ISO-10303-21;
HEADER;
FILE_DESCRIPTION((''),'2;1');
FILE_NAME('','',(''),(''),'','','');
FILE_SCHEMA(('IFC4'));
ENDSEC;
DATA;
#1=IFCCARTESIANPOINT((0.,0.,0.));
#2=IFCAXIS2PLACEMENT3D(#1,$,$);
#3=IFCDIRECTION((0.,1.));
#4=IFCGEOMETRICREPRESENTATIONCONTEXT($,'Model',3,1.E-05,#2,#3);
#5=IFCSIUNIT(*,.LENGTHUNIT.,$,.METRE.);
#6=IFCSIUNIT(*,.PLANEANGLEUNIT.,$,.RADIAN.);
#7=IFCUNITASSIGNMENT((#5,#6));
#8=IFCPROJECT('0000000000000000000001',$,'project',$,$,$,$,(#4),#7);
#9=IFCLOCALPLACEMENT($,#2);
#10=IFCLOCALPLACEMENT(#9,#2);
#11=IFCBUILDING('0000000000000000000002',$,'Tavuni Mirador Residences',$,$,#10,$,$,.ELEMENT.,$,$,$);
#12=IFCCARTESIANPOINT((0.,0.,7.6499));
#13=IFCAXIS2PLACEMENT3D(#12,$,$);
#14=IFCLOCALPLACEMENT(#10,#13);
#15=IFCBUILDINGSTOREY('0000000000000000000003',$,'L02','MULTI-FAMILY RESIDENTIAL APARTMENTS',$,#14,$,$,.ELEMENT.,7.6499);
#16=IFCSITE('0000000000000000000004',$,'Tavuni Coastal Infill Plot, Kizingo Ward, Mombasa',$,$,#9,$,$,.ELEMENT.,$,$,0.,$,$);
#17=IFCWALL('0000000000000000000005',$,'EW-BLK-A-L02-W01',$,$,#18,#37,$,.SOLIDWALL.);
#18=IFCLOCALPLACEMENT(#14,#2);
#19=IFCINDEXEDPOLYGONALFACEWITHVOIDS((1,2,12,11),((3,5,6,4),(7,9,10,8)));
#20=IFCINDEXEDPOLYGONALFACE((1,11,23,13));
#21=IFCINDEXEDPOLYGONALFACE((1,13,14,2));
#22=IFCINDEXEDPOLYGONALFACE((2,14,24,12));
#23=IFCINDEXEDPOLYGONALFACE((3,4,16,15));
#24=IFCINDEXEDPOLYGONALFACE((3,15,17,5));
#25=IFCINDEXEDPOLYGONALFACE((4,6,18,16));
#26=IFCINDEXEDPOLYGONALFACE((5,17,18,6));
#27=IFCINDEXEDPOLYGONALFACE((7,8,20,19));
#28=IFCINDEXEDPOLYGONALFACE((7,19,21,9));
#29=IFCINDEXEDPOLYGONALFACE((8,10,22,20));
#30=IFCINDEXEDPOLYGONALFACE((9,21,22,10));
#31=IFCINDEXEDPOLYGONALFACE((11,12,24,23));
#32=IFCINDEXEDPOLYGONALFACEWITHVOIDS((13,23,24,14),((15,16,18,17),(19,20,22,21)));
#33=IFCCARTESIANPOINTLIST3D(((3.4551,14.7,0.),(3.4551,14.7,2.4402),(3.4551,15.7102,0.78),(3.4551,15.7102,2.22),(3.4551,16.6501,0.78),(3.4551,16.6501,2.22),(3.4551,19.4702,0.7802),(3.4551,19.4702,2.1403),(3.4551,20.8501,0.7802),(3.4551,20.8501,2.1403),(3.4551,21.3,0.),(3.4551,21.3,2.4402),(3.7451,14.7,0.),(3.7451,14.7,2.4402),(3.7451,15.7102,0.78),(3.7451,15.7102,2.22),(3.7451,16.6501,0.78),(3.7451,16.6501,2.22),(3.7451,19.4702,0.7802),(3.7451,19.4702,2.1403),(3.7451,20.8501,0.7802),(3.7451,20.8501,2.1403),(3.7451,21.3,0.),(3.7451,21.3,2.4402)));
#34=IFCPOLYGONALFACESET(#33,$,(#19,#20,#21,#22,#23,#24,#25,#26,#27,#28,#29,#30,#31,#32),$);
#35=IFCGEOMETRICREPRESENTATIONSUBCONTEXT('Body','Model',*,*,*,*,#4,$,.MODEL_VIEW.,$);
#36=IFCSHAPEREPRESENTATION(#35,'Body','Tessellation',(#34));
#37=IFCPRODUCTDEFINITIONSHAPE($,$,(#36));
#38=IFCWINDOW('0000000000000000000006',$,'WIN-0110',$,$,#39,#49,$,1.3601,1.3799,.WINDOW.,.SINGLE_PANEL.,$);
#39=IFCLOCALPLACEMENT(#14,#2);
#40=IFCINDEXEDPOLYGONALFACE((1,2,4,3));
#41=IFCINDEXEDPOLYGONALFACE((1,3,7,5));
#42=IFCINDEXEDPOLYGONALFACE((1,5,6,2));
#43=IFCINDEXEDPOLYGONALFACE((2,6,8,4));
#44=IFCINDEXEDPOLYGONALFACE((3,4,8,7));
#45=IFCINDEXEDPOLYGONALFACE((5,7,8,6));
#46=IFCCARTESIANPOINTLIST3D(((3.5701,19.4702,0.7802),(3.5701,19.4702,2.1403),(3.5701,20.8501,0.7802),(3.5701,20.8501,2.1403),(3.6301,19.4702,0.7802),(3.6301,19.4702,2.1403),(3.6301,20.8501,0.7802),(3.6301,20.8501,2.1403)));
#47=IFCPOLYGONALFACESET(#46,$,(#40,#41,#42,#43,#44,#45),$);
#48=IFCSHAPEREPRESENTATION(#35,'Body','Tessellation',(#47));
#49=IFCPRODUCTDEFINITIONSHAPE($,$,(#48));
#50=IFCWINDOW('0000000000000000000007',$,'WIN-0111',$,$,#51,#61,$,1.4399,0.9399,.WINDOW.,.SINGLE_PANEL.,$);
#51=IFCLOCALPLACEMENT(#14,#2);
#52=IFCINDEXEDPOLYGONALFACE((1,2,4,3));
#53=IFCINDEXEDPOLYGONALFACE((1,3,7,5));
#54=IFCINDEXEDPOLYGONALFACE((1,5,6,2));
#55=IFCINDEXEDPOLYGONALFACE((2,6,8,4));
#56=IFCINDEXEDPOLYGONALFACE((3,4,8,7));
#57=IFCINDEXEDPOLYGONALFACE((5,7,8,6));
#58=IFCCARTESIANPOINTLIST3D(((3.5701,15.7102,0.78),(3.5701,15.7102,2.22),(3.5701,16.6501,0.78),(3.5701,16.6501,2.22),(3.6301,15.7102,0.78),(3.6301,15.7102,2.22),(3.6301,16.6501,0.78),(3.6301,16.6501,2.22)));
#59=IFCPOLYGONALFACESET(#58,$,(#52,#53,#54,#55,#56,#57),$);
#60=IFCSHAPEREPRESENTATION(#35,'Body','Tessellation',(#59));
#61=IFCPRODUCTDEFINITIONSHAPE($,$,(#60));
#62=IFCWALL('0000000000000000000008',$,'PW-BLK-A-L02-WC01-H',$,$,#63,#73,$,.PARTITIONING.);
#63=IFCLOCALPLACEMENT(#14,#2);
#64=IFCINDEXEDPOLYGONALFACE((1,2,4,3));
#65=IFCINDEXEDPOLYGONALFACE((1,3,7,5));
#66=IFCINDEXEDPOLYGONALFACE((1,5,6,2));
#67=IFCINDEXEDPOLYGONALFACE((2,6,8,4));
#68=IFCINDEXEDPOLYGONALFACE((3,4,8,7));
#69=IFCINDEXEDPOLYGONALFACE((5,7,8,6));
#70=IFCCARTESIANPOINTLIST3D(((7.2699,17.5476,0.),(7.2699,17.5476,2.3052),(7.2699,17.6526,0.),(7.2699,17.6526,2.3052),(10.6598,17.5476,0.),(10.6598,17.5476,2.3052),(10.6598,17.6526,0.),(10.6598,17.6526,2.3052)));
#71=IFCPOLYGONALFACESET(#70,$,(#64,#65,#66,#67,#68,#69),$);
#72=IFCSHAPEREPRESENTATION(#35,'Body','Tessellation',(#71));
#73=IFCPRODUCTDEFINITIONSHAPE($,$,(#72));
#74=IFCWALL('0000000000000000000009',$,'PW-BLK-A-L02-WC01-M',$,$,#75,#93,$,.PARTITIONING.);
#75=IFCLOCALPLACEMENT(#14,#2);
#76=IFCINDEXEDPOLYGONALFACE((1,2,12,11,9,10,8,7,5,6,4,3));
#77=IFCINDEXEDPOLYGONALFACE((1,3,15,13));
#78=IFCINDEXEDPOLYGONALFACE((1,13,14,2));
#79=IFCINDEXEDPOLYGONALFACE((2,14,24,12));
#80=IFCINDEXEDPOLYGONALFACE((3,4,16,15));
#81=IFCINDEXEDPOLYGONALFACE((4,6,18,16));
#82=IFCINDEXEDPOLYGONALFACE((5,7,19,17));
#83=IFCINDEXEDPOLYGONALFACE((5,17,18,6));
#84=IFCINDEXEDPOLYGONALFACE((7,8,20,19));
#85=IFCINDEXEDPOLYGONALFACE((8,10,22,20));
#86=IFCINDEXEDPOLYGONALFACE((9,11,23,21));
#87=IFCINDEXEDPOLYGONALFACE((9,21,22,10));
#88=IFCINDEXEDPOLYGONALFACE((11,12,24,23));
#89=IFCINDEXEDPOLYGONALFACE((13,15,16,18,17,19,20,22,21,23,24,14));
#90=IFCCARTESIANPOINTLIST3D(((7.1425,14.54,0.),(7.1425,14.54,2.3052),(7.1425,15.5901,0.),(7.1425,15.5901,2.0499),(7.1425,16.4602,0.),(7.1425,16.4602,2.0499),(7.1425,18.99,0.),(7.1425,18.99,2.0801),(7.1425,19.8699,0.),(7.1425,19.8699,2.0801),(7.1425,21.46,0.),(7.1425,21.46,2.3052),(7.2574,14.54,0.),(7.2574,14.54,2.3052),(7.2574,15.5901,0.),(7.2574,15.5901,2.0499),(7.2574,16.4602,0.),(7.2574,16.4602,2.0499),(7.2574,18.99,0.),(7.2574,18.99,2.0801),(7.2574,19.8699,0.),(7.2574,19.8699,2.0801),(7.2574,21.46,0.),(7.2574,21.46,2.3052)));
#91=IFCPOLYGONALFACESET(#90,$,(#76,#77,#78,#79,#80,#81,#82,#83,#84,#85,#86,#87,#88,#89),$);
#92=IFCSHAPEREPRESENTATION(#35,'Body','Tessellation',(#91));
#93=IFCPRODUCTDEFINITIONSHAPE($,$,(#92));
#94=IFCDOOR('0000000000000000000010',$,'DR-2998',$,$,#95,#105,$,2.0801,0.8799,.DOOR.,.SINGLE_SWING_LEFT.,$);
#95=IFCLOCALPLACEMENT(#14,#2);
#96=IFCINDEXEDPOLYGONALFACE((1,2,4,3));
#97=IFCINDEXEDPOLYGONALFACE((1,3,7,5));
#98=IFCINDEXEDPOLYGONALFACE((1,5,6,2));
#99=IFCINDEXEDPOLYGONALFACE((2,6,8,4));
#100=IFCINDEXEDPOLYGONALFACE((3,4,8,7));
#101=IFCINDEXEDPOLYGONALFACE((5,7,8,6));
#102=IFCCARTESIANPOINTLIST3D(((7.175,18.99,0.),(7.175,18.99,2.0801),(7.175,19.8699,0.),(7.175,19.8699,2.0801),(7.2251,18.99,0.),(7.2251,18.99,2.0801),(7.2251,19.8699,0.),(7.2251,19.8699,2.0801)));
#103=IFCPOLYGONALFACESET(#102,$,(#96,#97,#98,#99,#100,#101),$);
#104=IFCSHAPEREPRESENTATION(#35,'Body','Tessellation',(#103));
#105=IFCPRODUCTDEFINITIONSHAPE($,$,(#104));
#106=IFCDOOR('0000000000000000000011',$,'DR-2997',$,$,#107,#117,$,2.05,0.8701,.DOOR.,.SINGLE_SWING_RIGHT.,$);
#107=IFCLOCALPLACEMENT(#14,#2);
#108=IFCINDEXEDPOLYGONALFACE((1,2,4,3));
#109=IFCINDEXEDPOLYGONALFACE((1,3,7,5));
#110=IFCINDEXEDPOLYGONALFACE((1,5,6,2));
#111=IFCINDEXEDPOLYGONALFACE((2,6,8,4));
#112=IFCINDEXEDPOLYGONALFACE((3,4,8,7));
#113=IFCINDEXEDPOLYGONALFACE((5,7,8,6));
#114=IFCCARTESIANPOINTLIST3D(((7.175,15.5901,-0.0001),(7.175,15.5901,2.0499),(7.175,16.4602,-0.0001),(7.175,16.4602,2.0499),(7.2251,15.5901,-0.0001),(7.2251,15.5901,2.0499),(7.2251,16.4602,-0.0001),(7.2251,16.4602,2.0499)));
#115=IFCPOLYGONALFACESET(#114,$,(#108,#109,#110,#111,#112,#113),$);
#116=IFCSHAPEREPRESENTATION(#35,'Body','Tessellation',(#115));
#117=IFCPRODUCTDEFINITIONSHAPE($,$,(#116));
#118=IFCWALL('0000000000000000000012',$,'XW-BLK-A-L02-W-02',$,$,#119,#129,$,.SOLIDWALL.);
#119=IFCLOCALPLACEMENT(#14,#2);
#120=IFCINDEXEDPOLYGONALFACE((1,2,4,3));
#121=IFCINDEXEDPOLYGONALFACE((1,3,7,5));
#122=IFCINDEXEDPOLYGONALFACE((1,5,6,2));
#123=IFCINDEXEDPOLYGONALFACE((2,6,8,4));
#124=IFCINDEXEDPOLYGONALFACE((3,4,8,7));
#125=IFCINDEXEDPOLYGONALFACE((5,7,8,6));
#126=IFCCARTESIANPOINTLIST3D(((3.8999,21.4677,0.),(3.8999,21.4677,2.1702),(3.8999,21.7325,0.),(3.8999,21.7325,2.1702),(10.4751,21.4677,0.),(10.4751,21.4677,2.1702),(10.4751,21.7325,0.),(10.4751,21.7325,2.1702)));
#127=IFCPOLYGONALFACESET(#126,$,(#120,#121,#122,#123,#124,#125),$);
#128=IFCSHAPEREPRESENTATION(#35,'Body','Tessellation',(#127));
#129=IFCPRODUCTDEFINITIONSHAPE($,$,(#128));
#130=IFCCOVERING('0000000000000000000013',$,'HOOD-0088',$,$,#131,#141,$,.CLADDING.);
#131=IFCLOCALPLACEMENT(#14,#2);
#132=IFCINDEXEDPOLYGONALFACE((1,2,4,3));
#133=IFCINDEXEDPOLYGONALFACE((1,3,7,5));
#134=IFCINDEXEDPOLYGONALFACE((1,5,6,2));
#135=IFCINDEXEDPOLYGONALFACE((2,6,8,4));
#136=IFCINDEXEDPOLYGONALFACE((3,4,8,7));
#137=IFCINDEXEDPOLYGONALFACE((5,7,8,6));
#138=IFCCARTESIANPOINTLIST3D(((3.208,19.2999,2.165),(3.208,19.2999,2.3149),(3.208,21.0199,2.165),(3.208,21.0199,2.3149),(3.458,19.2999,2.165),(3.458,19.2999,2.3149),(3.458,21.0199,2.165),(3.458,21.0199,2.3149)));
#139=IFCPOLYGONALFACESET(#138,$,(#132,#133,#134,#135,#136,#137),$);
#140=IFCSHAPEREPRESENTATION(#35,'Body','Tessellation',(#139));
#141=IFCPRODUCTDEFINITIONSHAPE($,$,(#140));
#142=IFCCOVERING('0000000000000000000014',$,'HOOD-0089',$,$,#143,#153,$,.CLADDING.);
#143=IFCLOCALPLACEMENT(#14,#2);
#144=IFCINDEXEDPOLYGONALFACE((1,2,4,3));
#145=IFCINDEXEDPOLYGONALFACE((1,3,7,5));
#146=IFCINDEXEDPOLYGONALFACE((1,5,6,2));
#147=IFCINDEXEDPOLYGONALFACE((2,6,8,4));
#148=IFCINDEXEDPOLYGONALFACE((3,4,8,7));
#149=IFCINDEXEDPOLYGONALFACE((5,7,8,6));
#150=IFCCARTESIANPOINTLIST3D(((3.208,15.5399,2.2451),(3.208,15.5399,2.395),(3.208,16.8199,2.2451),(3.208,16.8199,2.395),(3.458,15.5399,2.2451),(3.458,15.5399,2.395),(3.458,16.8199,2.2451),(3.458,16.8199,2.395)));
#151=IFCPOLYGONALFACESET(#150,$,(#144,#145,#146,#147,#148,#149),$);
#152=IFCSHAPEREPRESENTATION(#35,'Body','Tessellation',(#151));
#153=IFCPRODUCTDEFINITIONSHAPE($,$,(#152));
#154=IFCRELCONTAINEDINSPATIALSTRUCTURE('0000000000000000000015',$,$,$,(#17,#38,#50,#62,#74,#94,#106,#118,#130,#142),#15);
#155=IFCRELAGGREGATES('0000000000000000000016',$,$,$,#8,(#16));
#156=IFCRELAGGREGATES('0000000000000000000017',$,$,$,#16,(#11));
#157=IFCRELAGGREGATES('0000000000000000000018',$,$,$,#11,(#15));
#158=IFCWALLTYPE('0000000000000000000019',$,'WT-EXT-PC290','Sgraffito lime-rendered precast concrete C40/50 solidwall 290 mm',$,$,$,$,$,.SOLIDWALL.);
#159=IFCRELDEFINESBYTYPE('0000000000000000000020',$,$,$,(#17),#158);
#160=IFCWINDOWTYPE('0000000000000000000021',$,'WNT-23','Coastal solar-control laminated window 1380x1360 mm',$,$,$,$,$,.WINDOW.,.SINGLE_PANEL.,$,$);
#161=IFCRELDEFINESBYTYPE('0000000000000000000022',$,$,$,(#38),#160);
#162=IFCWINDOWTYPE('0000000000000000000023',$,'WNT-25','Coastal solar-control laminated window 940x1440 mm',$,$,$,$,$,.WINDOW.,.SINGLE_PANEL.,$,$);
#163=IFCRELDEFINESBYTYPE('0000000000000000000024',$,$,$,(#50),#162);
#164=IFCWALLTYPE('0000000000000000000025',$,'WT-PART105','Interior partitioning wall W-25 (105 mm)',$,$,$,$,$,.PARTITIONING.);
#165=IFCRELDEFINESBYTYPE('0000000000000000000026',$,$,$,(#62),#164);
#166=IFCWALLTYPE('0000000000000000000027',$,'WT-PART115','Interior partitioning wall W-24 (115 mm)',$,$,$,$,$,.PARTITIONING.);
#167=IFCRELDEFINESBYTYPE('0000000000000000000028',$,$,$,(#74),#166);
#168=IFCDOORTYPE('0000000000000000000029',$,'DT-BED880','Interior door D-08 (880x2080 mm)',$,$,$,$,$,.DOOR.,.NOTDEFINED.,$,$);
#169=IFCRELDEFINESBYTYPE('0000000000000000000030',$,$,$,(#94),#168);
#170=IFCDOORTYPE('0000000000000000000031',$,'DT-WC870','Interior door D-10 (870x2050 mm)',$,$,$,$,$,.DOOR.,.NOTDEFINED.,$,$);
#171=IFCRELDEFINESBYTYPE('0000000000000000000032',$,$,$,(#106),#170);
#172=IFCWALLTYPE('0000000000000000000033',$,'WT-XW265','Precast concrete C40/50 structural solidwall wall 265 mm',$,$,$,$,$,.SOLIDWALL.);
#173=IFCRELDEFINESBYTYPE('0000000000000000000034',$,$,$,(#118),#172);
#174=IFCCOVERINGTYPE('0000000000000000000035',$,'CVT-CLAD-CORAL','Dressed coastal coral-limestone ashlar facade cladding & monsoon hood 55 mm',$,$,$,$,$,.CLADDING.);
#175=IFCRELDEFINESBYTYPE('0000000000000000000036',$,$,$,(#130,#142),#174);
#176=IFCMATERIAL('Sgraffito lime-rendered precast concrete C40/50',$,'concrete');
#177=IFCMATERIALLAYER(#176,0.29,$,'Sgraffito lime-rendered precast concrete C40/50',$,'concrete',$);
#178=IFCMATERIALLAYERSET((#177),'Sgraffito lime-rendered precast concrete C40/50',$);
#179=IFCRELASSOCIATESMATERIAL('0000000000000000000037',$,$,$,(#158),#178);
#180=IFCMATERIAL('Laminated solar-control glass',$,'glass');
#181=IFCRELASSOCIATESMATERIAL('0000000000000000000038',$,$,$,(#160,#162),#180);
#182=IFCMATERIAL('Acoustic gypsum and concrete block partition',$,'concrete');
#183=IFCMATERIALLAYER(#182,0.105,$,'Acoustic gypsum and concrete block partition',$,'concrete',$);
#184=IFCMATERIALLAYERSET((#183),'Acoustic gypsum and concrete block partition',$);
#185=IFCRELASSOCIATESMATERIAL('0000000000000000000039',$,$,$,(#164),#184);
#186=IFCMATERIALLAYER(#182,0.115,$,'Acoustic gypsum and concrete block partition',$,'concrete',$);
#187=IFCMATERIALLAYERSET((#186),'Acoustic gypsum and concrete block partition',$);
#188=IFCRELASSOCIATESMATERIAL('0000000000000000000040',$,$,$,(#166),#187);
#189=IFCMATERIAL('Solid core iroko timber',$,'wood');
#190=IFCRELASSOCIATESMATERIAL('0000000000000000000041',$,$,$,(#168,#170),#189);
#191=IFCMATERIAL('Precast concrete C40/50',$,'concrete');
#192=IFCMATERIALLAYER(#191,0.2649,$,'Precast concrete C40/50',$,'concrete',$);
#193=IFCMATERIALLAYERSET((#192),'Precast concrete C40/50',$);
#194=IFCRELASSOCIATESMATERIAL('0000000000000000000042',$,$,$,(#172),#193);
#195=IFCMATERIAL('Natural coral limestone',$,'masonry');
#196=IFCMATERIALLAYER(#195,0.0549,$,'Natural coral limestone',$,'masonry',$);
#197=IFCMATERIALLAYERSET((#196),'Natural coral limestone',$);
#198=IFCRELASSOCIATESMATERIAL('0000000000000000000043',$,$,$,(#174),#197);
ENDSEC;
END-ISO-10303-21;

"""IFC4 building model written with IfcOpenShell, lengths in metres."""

from ifc_helpers import new_model, si_unit, direction, frame, frame_2d, origin, origin_2d, place, context, subcontext, project, spatial, rectangle, extrude, material, layer, layer_set, type_object, element, fill, save


model = new_model("IFC4")

# Units and contexts
model_context = context("Model", 3, precision=1e-05, world=origin(), true_north=direction((0.0, 1.0)))
body_context = subcontext(model_context, "Body", "Model", "MODEL_VIEW")
ifc_project = project(units=[si_unit("LENGTHUNIT", "METRE"), si_unit("PLANEANGLEUNIT", "RADIAN")], contexts=[model_context])

# Site, building, storey
site_placement = place(None, origin())
site = spatial("IfcSite", under=ifc_project, at=site_placement, Name="Tavuni Coastal Infill Plot, Kizingo Ward, Mombasa", CompositionType="ELEMENT", RefElevation=0.0)
building_placement = place(site_placement, origin())
building = spatial("IfcBuilding", under=site, at=building_placement, Name="Tavuni Mirador Residences", CompositionType="ELEMENT")
storey_placement = place(building_placement, frame((0.0, 0.0, 7.6499)))
storey = spatial("IfcBuildingStorey", under=building, at=storey_placement, Name="L02", Description="MULTI-FAMILY RESIDENTIAL APARTMENTS", CompositionType="ELEMENT", Elevation=7.6499)

# Shared definitions
ifc_material_1 = material(Name="Precast concrete C40/50", Category="concrete")

# Wall, openings, windows
ifc_material_2 = material(Name="Sgraffito lime-rendered precast concrete C40/50", Category="concrete")
ifc_layer_1 = layer(ifc_material_2, 0.29, Name="Sgraffito lime-rendered precast concrete C40/50", Category="concrete")
ifc_layer_set_1 = layer_set([ifc_layer_1], Name="Sgraffito lime-rendered precast concrete C40/50")
wall_type_1 = type_object("IfcWallType", Name="WT-EXT-PC290", Description="Sgraffito lime-rendered precast concrete C40/50 solidwall 290 mm", PredefinedType="SOLIDWALL", material=ifc_layer_set_1)
wall_1_placement = place(storey_placement, frame((3.6001, 21.3, 0.0), z_axis=(0.0, 0.0, 1.0), x_axis=(0.0, -1.0, 0.0)))
wall_1 = element("IfcWall", 1, at=wall_1_placement, inside=storey, type_object=wall_type_1, Name="EW-BLK-A-L02-W01", PredefinedType="SOLIDWALL", context=body_context, shape_type="SweptSolid", body=[
    extrude(rectangle(XDim=6.6001, YDim=0.29, at=frame_2d((3.3, 0.0))), origin(), (0.0, 0.0, 1.0), 2.4402),
])
opening_1_placement = place(wall_1_placement, frame((0.45, 0.0, 0.78)))
opening_1 = element("IfcOpeningElement", 2, at=opening_1_placement, cuts=wall_1, PredefinedType="OPENING", context=body_context, shape_type="SweptSolid", body=[
    extrude(rectangle(XDim=1.3799, YDim=1.3601, at=frame_2d((0.6899, 0.6802))), frame((0.0, 0.155, 0.0), z_axis=(0.0, -1.0, 0.0), x_axis=(1.0, 0.0, 0.0)), (0.0, 0.0, 1.0), 0.3101),
])
opening_2_placement = place(wall_1_placement, frame((4.6499, 0.0, 0.78)))
opening_2 = element("IfcOpeningElement", 3, at=opening_2_placement, cuts=wall_1, PredefinedType="OPENING", context=body_context, shape_type="SweptSolid", body=[
    extrude(rectangle(XDim=0.9399, YDim=1.4399, at=frame_2d((0.47, 0.72))), frame((0.0, 0.155, 0.0), z_axis=(0.0, -1.0, 0.0), x_axis=(1.0, 0.0, 0.0)), (0.0, 0.0, 1.0), 0.3101),
])
ifc_material_3 = material(Name="Laminated solar-control glass", Category="glass")
window_type_1 = type_object("IfcWindowType", Name="WNT-23", Description="Coastal solar-control laminated window 1380x1360 mm", PartitioningType="SINGLE_PANEL", PredefinedType="WINDOW", material=ifc_material_3)
window_1_placement = place(opening_1_placement, origin())
window_1 = element("IfcWindow", 4, at=window_1_placement, inside=storey, type_object=window_type_1, Name="WIN-0110", OverallHeight=1.3601, OverallWidth=1.3799, PartitioningType="SINGLE_PANEL", PredefinedType="WINDOW", context=body_context, shape_type="SweptSolid", body=[
    extrude(rectangle(XDim=1.3799, YDim=1.3601, at=frame_2d((0.6899, 0.6802))), frame((0.0, 0.03, 0.0), z_axis=(0.0, -1.0, 0.0), x_axis=(1.0, 0.0, 0.0)), (0.0, 0.0, 1.0), 0.0601),
])
fill(opening_1, window_1)
window_type_2 = type_object("IfcWindowType", Name="WNT-25", Description="Coastal solar-control laminated window 940x1440 mm", PartitioningType="SINGLE_PANEL", PredefinedType="WINDOW", material=ifc_material_3)
window_2_placement = place(opening_2_placement, origin())
window_2 = element("IfcWindow", 5, at=window_2_placement, inside=storey, type_object=window_type_2, Name="WIN-0111", OverallHeight=1.4399, OverallWidth=0.9399, PartitioningType="SINGLE_PANEL", PredefinedType="WINDOW", context=body_context, shape_type="SweptSolid", body=[
    extrude(rectangle(XDim=0.9399, YDim=1.4399, at=frame_2d((0.47, 0.72))), frame((0.0, 0.03, 0.0), z_axis=(0.0, -1.0, 0.0), x_axis=(1.0, 0.0, 0.0)), (0.0, 0.0, 1.0), 0.0601),
])
fill(opening_2, window_2)

# Wall
ifc_material_4 = material(Name="Acoustic gypsum and concrete block partition", Category="concrete")
ifc_layer_2 = layer(ifc_material_4, 0.105, Name="Acoustic gypsum and concrete block partition", Category="concrete")
ifc_layer_set_2 = layer_set([ifc_layer_2], Name="Acoustic gypsum and concrete block partition")
wall_type_2 = type_object("IfcWallType", Name="WT-PART105", Description="Interior partitioning wall W-25 (105 mm)", PredefinedType="PARTITIONING", material=ifc_layer_set_2)
wall_2_placement = place(storey_placement, frame((7.27, 17.6001, 0.0), z_axis=(0.0, 0.0, 1.0), x_axis=(1.0, 0.0, 0.0)))
element("IfcWall", 6, at=wall_2_placement, inside=storey, type_object=wall_type_2, Name="PW-BLK-A-L02-WC01-H", PredefinedType="PARTITIONING", context=body_context, shape_type="SweptSolid", body=[
    extrude(rectangle(XDim=3.3899, YDim=0.105, at=frame_2d((1.6948, 0.0))), origin(), (0.0, 0.0, 1.0), 2.3052),
])

# Wall, openings, doors
ifc_layer_3 = layer(ifc_material_4, 0.115, Name="Acoustic gypsum and concrete block partition", Category="concrete")
ifc_layer_set_3 = layer_set([ifc_layer_3], Name="Acoustic gypsum and concrete block partition")
wall_type_3 = type_object("IfcWallType", Name="WT-PART115", Description="Interior partitioning wall W-24 (115 mm)", PredefinedType="PARTITIONING", material=ifc_layer_set_3)
wall_3_placement = place(storey_placement, frame((7.2, 14.54, 0.0), z_axis=(0.0, 0.0, 1.0), x_axis=(0.0, 1.0, 0.0)))
wall_3 = element("IfcWall", 7, at=wall_3_placement, inside=storey, type_object=wall_type_3, Name="PW-BLK-A-L02-WC01-M", PredefinedType="PARTITIONING", context=body_context, shape_type="SweptSolid", body=[
    extrude(rectangle(XDim=6.9199, YDim=0.115, at=frame_2d((3.46, 0.0))), origin(), (0.0, 0.0, 1.0), 2.3052),
])
opening_3_placement = place(wall_3_placement, frame((1.05, 0.0, 0.0)))
opening_3 = element("IfcOpeningElement", 8, at=opening_3_placement, cuts=wall_3, PredefinedType="OPENING", context=body_context, shape_type="SweptSolid", body=[
    extrude(rectangle(XDim=0.8701, YDim=2.05, at=frame_2d((0.4351, 1.0249))), frame((0.0, 0.0674, 0.0), z_axis=(0.0, -1.0, 0.0), x_axis=(1.0, 0.0, 0.0)), (0.0, 0.0, 1.0), 0.135),
])
opening_4_placement = place(wall_3_placement, frame((4.45, 0.0, 0.0)))
opening_4 = element("IfcOpeningElement", 9, at=opening_4_placement, cuts=wall_3, PredefinedType="OPENING", context=body_context, shape_type="SweptSolid", body=[
    extrude(rectangle(XDim=0.8799, YDim=2.0801, at=frame_2d((0.4399, 1.04))), frame((0.0, 0.0674, 0.0), z_axis=(0.0, -1.0, 0.0), x_axis=(1.0, 0.0, 0.0)), (0.0, 0.0, 1.0), 0.135),
])
ifc_material_5 = material(Name="Solid core iroko timber", Category="wood")
door_type_1 = type_object("IfcDoorType", Name="DT-BED880", Description="Interior door D-08 (880x2080 mm)", OperationType="NOTDEFINED", PredefinedType="DOOR", material=ifc_material_5)
door_1_placement = place(opening_4_placement, origin())
door_1 = element("IfcDoor", 10, at=door_1_placement, inside=storey, type_object=door_type_1, Name="DR-2998", OperationType="SINGLE_SWING_LEFT", OverallHeight=2.0801, OverallWidth=0.8799, PredefinedType="DOOR", context=body_context, shape_type="SweptSolid", body=[
    extrude(rectangle(XDim=0.8799, YDim=2.0801, at=frame_2d((0.4399, 1.04))), frame((0.0, 0.0249, 0.0), z_axis=(0.0, -1.0, 0.0), x_axis=(1.0, 0.0, 0.0)), (0.0, 0.0, 1.0), 0.05),
])
fill(opening_4, door_1)
door_type_2 = type_object("IfcDoorType", Name="DT-WC870", Description="Interior door D-10 (870x2050 mm)", OperationType="NOTDEFINED", PredefinedType="DOOR", material=ifc_material_5)
door_2_placement = place(opening_3_placement, origin())
door_2 = element("IfcDoor", 11, at=door_2_placement, inside=storey, type_object=door_type_2, Name="DR-2997", OperationType="SINGLE_SWING_RIGHT", OverallHeight=2.05, OverallWidth=0.8701, PredefinedType="DOOR", context=body_context, shape_type="SweptSolid", body=[
    extrude(rectangle(XDim=0.8701, YDim=2.05, at=frame_2d((0.4351, 1.0249))), frame((0.0, 0.0249, 0.0), z_axis=(0.0, -1.0, 0.0), x_axis=(1.0, 0.0, 0.0)), (0.0, 0.0, 1.0), 0.05),
])
fill(opening_3, door_2)

# Shared definitions
ifc_layer_4 = layer(ifc_material_1, 0.2649, Name="Precast concrete C40/50", Category="concrete")
ifc_layer_set_4 = layer_set([ifc_layer_4], Name="Precast concrete C40/50")
wall_type_4 = type_object("IfcWallType", Name="WT-XW265", Description="Precast concrete C40/50 structural solidwall wall 265 mm", PredefinedType="SOLIDWALL", material=ifc_layer_set_4)

# Wall
wall_4_placement = place(storey_placement, frame((3.8999, 21.6001, 0.0), z_axis=(0.0, 0.0, 1.0), x_axis=(1.0, 0.0, 0.0)))
element("IfcWall", 12, at=wall_4_placement, inside=storey, type_object=wall_type_4, Name="XW-BLK-A-L02-W-02", PredefinedType="SOLIDWALL", context=body_context, shape_type="SweptSolid", body=[
    extrude(rectangle(XDim=6.5752, YDim=0.2649, at=frame_2d((3.2876, 0.0))), origin(), (0.0, 0.0, 1.0), 2.1702),
])

# Coverings
ifc_material_6 = material(Name="Natural coral limestone", Category="masonry")
ifc_layer_5 = layer(ifc_material_6, 0.0549, Name="Natural coral limestone", Category="masonry")
ifc_layer_set_5 = layer_set([ifc_layer_5], Name="Natural coral limestone")
covering_type = type_object("IfcCoveringType", Name="CVT-CLAD-CORAL", Description="Dressed coastal coral-limestone ashlar facade cladding & monsoon hood 55 mm", PredefinedType="CLADDING", material=ifc_layer_set_5)
covering_1_placement = place(storey_placement, frame((3.333, 20.1599, 2.165), z_axis=(0.0, 0.0, 1.0), x_axis=(0.0, -1.0, 0.0)))
element("IfcCovering", 13, at=covering_1_placement, inside=storey, type_object=covering_type, Name="HOOD-0088", PredefinedType="CLADDING", context=body_context, shape_type="SweptSolid", body=[
    extrude(rectangle(XDim=1.72, YDim=0.25, at=origin_2d()), origin(), (0.0, 0.0, 1.0), 0.1499),
])
covering_2_placement = place(storey_placement, frame((3.333, 16.1799, 2.2451), z_axis=(0.0, 0.0, 1.0), x_axis=(0.0, -1.0, 0.0)))
element("IfcCovering", 14, at=covering_2_placement, inside=storey, type_object=covering_type, Name="HOOD-0089", PredefinedType="CLADDING", context=body_context, shape_type="SweptSolid", body=[
    extrude(rectangle(XDim=1.28, YDim=0.25, at=origin_2d()), origin(), (0.0, 0.0, 1.0), 0.1499),
])

save(model, "model.ifc")
